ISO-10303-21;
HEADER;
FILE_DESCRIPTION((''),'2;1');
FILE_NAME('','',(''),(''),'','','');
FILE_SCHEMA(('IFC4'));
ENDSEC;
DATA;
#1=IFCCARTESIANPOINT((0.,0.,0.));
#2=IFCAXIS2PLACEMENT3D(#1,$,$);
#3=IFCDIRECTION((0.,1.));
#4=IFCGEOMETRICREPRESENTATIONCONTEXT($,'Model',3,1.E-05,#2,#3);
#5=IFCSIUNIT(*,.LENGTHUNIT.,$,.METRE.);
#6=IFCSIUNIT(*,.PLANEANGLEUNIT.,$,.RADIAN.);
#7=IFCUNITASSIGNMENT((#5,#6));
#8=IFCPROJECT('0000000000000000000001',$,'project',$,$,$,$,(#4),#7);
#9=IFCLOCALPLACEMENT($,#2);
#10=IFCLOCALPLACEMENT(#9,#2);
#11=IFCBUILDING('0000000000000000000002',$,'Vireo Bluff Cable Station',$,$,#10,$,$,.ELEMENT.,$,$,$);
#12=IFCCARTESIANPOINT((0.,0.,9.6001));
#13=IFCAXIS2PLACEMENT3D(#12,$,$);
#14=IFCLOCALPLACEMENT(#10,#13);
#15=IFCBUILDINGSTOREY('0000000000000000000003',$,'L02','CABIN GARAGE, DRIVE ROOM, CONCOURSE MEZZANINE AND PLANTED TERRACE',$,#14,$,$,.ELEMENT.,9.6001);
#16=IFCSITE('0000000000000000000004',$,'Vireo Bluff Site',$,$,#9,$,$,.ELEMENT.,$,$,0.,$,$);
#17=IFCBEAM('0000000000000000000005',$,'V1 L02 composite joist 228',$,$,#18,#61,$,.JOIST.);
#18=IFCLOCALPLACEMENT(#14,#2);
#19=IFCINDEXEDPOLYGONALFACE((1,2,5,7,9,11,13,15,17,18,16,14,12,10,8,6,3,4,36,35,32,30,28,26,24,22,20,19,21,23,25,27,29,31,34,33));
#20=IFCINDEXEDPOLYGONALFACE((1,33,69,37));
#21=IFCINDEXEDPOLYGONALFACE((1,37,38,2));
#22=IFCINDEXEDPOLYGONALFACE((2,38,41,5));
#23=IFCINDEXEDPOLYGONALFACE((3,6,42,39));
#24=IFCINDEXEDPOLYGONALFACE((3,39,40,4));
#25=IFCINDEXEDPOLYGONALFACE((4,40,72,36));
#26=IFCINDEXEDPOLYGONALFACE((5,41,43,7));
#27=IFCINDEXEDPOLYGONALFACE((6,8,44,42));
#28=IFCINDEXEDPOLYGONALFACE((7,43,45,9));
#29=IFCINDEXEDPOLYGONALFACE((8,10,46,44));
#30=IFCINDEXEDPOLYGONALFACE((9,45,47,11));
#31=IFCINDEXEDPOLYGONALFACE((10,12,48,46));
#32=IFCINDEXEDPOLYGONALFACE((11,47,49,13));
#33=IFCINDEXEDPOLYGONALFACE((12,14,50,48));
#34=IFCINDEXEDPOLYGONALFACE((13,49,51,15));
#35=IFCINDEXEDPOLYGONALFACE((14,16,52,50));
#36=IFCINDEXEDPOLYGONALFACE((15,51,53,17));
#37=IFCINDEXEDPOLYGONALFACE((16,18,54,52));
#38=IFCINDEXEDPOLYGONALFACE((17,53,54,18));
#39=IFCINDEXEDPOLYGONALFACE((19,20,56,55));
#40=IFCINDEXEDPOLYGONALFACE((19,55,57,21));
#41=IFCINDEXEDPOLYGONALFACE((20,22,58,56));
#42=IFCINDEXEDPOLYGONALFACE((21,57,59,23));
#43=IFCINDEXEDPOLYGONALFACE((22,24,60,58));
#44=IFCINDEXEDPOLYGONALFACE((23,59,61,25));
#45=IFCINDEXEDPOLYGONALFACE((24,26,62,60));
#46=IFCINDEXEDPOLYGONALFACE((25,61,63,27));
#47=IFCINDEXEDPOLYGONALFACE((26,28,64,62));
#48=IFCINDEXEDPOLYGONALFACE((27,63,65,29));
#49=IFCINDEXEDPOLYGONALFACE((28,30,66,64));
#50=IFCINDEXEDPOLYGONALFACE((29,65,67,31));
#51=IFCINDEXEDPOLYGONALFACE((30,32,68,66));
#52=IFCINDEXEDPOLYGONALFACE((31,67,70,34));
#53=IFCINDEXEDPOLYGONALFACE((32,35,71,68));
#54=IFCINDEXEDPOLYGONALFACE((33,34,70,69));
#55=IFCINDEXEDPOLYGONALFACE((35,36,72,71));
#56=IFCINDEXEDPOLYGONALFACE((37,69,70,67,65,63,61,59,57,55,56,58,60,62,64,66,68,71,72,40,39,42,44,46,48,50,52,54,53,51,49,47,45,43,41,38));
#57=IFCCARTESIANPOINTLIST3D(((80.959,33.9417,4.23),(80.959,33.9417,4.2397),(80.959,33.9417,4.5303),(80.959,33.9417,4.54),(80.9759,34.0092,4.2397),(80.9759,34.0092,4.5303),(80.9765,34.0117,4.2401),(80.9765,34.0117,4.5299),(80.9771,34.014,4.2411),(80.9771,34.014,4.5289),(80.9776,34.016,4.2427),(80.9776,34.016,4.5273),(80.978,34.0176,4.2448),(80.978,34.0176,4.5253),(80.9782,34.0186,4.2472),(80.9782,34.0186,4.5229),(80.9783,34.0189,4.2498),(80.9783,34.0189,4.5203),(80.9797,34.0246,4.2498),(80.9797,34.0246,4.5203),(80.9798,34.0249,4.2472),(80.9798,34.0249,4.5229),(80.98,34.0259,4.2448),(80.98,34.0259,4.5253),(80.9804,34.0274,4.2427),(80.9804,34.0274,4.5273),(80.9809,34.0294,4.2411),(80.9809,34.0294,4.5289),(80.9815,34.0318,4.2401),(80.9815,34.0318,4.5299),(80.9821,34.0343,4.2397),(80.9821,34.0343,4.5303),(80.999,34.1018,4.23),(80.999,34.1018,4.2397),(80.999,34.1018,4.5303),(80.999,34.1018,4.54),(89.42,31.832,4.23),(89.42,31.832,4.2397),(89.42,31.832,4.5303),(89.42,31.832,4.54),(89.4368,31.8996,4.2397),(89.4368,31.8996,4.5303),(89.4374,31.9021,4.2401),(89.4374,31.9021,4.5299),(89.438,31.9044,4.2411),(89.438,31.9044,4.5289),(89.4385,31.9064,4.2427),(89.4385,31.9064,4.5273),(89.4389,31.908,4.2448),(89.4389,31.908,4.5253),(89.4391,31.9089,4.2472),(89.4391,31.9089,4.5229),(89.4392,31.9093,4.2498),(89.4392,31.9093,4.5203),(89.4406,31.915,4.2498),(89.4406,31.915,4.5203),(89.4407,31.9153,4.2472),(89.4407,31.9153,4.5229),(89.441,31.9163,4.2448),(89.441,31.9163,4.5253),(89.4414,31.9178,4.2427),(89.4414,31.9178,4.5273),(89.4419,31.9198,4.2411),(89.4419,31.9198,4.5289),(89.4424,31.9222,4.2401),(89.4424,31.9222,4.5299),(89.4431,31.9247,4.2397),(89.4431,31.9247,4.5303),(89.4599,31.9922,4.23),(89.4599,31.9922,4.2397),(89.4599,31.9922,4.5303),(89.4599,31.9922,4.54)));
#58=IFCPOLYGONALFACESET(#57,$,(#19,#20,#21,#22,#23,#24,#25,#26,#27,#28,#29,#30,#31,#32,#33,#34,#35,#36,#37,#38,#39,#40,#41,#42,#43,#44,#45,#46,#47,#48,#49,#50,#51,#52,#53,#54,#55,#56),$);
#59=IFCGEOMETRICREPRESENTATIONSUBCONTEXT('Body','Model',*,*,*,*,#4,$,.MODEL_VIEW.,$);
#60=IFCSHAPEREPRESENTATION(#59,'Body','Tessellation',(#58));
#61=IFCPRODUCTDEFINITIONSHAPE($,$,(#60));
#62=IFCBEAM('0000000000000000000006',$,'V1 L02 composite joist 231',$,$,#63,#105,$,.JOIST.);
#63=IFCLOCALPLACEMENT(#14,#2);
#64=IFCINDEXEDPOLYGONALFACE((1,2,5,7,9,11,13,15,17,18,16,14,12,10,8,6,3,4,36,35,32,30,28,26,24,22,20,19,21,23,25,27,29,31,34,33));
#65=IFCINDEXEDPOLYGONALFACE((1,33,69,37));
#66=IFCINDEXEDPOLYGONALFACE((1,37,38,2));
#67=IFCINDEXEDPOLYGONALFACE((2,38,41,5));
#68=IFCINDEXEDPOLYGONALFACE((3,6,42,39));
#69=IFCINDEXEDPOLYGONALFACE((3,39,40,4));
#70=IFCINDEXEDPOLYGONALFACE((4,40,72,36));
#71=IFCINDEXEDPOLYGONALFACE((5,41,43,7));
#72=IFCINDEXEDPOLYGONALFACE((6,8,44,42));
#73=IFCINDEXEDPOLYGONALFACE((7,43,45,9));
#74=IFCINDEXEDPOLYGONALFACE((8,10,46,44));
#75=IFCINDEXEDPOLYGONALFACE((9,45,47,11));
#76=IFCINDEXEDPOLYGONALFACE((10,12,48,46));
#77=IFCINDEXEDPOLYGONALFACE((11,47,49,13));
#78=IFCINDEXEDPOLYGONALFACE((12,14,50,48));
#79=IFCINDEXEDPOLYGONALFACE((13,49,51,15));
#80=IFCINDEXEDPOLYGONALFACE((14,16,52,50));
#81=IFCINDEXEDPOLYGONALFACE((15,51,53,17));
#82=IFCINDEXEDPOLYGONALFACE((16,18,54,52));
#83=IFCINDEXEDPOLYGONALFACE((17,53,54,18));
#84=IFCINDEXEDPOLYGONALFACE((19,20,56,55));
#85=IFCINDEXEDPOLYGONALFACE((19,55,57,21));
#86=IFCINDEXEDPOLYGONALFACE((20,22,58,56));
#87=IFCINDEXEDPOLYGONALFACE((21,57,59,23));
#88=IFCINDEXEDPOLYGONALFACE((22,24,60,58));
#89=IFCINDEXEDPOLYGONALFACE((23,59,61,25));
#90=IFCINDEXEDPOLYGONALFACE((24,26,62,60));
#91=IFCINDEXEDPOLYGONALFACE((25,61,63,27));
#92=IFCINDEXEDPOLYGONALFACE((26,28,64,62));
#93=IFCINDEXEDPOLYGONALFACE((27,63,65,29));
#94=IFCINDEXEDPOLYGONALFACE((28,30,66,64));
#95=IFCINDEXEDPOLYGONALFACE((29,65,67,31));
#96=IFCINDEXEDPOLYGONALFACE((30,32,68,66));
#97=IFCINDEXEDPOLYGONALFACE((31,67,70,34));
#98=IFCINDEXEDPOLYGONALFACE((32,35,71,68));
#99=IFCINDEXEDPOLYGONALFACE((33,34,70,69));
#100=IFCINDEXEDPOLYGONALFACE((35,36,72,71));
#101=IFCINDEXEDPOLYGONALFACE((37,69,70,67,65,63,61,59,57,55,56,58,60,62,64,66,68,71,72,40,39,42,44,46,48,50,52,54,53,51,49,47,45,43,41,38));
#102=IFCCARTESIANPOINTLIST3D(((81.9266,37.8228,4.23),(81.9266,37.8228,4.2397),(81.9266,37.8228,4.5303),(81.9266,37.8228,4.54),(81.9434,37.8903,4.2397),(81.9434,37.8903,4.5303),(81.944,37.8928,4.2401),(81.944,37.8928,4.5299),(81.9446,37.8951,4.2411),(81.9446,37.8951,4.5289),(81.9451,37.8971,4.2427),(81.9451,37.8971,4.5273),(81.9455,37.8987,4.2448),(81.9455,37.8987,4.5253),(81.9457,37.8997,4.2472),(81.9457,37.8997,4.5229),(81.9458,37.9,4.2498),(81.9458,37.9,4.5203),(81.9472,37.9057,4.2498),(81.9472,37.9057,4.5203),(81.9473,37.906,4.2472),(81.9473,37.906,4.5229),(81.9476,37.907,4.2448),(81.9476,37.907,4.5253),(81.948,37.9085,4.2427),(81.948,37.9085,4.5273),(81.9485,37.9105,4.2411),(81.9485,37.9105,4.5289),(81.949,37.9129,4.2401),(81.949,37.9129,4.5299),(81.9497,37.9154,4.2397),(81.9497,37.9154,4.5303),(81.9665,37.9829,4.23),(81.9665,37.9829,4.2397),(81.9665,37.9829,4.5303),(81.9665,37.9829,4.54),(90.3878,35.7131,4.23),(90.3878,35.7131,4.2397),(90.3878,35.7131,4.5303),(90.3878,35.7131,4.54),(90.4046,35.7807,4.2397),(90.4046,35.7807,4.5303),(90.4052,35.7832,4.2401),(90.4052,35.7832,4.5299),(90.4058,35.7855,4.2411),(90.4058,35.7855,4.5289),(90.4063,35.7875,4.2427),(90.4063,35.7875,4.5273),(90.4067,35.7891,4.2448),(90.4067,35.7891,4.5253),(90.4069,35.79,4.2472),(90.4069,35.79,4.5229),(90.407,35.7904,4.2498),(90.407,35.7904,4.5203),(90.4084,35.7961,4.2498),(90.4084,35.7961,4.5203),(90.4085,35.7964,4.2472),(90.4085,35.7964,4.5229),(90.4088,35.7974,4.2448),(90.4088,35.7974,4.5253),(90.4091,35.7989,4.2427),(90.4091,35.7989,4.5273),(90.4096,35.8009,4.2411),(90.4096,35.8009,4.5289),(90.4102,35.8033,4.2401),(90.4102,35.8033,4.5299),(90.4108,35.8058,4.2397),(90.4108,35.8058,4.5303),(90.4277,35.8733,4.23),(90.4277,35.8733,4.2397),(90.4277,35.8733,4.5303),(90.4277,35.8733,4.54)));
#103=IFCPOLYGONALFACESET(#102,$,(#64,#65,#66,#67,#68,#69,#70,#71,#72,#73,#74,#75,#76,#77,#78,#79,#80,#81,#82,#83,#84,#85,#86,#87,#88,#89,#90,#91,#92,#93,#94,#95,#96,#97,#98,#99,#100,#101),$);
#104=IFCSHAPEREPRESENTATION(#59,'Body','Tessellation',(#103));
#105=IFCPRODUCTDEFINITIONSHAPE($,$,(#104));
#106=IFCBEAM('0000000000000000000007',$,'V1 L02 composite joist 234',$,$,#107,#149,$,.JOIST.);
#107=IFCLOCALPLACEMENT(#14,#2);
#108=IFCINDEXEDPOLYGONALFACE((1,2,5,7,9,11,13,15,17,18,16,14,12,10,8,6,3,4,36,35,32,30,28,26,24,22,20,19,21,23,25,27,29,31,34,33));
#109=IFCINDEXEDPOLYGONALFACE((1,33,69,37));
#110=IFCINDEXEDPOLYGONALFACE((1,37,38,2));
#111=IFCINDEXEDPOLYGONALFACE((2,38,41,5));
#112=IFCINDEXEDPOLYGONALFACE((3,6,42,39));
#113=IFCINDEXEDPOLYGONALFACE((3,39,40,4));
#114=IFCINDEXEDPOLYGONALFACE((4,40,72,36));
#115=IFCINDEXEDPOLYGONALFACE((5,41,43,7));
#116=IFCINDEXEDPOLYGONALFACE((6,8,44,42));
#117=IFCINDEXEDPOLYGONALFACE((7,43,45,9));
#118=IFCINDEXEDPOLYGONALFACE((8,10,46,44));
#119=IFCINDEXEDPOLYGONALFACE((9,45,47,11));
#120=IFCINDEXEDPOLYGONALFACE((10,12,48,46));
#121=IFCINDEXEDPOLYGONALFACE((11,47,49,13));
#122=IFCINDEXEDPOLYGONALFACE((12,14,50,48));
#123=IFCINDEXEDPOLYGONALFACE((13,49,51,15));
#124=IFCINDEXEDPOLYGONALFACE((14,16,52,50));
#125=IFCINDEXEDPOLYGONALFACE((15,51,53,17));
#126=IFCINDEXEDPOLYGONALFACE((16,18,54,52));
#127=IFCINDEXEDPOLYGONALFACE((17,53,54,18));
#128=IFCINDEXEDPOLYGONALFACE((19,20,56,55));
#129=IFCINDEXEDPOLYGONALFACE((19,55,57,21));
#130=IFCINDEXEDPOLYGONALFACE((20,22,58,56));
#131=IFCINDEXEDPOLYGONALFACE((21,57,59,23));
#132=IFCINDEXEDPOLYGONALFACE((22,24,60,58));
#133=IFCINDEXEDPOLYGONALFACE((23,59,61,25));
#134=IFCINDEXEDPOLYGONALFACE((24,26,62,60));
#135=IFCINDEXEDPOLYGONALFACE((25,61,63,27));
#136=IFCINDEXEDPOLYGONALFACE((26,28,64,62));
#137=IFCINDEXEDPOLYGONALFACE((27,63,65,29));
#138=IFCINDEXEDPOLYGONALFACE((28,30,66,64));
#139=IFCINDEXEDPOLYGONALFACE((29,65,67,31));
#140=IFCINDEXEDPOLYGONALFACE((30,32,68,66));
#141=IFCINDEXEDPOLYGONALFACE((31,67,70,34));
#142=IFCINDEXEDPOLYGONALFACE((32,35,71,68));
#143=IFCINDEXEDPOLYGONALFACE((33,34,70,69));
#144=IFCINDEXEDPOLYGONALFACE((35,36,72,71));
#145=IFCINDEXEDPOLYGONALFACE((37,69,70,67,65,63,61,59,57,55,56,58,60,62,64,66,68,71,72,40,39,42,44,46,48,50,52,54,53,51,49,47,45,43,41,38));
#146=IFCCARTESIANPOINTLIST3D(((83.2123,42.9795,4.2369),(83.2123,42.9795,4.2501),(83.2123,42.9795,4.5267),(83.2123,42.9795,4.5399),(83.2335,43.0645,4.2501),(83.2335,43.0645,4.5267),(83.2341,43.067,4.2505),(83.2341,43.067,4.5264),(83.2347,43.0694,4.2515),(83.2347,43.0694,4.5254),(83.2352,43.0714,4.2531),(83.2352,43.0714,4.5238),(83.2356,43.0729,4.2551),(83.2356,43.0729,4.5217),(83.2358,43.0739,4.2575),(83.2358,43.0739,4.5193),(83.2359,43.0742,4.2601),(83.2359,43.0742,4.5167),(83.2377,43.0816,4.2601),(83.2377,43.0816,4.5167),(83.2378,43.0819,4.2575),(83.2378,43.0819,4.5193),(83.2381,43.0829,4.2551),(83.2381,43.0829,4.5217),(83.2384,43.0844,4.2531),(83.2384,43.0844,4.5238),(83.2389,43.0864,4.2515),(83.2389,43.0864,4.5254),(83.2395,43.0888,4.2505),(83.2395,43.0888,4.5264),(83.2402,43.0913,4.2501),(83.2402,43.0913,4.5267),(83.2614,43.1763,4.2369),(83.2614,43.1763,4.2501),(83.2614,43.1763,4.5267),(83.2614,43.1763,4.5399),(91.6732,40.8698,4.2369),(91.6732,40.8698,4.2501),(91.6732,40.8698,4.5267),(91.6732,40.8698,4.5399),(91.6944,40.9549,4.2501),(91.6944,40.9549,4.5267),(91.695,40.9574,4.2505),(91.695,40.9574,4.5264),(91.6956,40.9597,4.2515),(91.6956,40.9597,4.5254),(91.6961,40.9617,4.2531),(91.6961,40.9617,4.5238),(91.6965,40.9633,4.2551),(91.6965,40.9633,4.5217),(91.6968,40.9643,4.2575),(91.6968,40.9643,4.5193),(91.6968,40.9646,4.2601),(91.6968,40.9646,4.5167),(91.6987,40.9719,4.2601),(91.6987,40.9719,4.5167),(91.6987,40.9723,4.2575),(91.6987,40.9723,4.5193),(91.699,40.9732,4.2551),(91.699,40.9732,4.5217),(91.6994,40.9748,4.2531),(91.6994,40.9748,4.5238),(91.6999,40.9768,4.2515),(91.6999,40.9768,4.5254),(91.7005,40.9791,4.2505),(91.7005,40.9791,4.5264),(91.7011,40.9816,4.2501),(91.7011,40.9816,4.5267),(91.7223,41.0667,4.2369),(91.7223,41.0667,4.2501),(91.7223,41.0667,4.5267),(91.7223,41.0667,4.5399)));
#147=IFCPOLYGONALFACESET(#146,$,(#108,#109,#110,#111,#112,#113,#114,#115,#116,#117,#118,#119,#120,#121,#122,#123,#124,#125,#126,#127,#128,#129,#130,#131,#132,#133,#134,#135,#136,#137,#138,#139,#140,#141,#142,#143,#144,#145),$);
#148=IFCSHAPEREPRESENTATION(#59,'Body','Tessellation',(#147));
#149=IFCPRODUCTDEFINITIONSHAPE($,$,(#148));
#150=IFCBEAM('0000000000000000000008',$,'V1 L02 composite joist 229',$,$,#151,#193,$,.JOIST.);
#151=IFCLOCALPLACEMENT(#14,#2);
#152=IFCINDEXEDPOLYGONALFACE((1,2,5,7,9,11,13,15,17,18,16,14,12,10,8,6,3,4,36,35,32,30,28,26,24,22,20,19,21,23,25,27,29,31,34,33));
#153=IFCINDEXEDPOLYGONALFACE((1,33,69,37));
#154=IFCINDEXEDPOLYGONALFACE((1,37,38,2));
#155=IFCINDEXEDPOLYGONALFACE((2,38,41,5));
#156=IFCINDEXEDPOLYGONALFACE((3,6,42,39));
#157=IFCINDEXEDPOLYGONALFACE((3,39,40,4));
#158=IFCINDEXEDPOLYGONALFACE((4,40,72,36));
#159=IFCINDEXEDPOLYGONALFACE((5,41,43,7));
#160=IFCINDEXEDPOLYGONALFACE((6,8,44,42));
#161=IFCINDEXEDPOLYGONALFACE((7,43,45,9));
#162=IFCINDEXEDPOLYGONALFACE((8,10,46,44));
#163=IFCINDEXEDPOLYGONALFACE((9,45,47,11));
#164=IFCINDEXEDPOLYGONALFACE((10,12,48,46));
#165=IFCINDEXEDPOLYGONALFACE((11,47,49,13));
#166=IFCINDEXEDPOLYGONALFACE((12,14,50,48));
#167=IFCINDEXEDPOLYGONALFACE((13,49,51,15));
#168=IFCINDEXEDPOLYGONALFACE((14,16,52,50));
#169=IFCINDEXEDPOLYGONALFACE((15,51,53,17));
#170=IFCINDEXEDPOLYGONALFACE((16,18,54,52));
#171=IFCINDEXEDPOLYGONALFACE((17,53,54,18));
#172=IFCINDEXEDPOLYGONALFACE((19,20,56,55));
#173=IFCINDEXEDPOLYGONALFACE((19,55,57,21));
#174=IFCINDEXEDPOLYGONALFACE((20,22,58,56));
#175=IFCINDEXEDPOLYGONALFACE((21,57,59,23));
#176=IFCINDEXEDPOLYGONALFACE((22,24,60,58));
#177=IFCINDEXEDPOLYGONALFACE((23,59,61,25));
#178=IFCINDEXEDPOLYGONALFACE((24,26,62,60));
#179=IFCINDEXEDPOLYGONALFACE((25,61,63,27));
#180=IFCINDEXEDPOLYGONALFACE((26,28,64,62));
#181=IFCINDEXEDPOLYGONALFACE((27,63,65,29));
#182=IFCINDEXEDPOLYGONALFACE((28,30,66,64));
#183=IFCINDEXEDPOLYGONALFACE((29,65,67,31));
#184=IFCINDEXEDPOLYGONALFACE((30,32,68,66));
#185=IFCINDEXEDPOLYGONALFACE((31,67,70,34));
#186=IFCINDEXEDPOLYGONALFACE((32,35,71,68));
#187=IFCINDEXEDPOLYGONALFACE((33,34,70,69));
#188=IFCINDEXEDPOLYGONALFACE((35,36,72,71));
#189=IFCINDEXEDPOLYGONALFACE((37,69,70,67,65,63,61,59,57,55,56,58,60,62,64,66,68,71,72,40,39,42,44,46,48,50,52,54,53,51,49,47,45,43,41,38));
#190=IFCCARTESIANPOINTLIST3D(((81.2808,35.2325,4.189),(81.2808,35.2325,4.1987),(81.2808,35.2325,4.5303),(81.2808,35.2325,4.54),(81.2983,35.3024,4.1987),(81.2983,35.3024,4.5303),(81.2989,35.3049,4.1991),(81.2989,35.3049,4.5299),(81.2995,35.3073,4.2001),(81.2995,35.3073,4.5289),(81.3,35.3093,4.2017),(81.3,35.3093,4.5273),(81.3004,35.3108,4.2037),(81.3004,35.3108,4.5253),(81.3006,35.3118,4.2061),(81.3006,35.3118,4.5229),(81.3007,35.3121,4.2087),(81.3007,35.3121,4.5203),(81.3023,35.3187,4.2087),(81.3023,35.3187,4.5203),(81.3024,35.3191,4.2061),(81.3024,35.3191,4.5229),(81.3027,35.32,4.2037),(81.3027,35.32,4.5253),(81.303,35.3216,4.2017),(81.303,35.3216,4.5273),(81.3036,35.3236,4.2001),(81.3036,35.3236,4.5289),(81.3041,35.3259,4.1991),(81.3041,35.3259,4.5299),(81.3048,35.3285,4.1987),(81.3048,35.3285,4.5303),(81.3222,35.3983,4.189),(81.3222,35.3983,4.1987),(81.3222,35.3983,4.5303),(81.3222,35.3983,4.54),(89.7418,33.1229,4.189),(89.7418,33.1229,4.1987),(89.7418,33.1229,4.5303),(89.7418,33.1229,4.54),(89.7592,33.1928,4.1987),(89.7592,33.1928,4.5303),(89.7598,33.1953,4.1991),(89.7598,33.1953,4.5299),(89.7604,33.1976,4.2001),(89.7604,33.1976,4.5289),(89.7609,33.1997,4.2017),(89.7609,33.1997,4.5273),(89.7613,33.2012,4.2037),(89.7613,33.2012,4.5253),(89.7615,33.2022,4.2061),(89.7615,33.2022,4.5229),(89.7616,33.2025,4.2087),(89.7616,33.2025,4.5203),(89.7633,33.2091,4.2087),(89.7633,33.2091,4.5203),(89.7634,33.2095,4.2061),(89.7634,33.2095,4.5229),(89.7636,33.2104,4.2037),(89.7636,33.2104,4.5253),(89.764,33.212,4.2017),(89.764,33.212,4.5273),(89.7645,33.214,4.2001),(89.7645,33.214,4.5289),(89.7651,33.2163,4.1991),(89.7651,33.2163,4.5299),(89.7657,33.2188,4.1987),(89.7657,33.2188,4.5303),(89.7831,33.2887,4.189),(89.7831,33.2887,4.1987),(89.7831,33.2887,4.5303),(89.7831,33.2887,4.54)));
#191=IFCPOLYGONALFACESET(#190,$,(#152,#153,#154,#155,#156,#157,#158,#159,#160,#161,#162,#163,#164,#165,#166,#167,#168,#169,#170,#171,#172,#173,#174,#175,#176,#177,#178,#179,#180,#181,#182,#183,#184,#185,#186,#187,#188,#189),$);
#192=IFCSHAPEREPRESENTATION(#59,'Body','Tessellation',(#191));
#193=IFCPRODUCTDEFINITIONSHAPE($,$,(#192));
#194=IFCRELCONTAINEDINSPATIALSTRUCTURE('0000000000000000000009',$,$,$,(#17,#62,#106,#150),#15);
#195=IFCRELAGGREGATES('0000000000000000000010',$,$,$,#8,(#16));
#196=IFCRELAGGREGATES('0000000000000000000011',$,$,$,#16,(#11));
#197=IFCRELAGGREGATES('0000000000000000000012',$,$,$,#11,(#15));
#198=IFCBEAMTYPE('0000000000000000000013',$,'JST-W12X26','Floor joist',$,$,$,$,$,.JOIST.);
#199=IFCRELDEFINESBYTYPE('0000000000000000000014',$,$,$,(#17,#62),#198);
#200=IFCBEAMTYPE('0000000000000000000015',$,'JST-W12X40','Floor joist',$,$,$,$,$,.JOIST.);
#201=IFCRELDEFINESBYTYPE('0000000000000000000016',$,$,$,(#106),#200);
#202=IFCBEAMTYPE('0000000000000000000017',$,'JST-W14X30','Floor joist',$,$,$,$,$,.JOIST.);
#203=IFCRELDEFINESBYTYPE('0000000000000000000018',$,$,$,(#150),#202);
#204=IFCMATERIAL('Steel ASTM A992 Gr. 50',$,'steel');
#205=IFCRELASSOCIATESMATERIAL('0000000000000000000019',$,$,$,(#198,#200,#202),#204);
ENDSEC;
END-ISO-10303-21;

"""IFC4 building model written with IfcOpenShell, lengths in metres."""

from ifc_helpers import new_model, si_unit, direction, frame, origin, origin_2d, place, context, subcontext, project, spatial, i_section, extrude, material, material_profile, profile_set, type_object, element, save


model = new_model("IFC4")

# Units and contexts
model_context = context("Model", 3, precision=1e-05, world=origin(), true_north=direction((0.0, 1.0)))
body_context = subcontext(model_context, "Body", "Model", "MODEL_VIEW")
ifc_project = project(units=[si_unit("LENGTHUNIT", "METRE"), si_unit("PLANEANGLEUNIT", "RADIAN")], contexts=[model_context])

# Site, building, storey
site_placement = place(None, origin())
site = spatial("IfcSite", under=ifc_project, at=site_placement, Name="Vireo Bluff Site", CompositionType="ELEMENT", RefElevation=0.0)
building_placement = place(site_placement, origin())
building = spatial("IfcBuilding", under=site, at=building_placement, Name="Vireo Bluff Cable Station", CompositionType="ELEMENT")
storey_placement = place(building_placement, frame((0.0, 0.0, 9.6001)))
storey = spatial("IfcBuildingStorey", under=building, at=storey_placement, Name="L02", Description="CABIN GARAGE, DRIVE ROOM, CONCOURSE MEZZANINE AND PLANTED TERRACE", CompositionType="ELEMENT", Elevation=9.6001)

# Shared definitions
ifc_material_1 = material(Name="Steel ASTM A992 Gr. 50", Category="steel")

# Beams
ifc_material_profile_1 = material_profile(ifc_material_1, i_section(OverallWidth=0.165, OverallDepth=0.3101, WebThickness=0.0059, FlangeThickness=0.0098, FilletRadius=0.01, at=origin_2d()), Name="W12X26")
ifc_profile_set_1 = profile_set([ifc_material_profile_1], Name="Steel ASTM A992 Gr. 50")
beam_type_1 = type_object("IfcBeamType", Name="JST-W12X26", Description="Floor joist", PredefinedType="JOIST", material=ifc_profile_set_1)
beam_1_placement = place(storey_placement, frame((80.979, 34.0217, 4.385), z_axis=(0.970294, -0.24193, 0.0), x_axis=(0.24193, 0.970294, 0.0)))
element("IfcBeam", 1, at=beam_1_placement, inside=storey, type_object=beam_type_1, Name="V1 L02 composite joist 228", PredefinedType="JOIST", context=body_context, shape_type="SweptSolid", body=[
    extrude(i_section(OverallWidth=0.165, OverallDepth=0.3101, WebThickness=0.0059, FlangeThickness=0.0098, FilletRadius=0.01, at=origin_2d()), origin(), (0.0, 0.0, 1.0), 8.72),
])
beam_2_placement = place(storey_placement, frame((81.9465, 37.9028, 4.385), z_axis=(0.970295, -0.241923, 0.0), x_axis=(0.241923, 0.970295, 0.0)))
element("IfcBeam", 2, at=beam_2_placement, inside=storey, type_object=beam_type_1, Name="V1 L02 composite joist 231", PredefinedType="JOIST", context=body_context, shape_type="SweptSolid", body=[
    extrude(i_section(OverallWidth=0.165, OverallDepth=0.3101, WebThickness=0.0059, FlangeThickness=0.0098, FilletRadius=0.01, at=origin_2d()), origin(), (0.0, 0.0, 1.0), 8.7202),
])
ifc_material_profile_2 = material_profile(ifc_material_1, i_section(OverallWidth=0.2029, OverallDepth=0.303, WebThickness=0.0076, FlangeThickness=0.0132, FilletRadius=0.01, at=origin_2d()), Name="W12X40")
ifc_profile_set_2 = profile_set([ifc_material_profile_2], Name="Steel ASTM A992 Gr. 50")
beam_type_2 = type_object("IfcBeamType", Name="JST-W12X40", Description="Floor joist", PredefinedType="JOIST", material=ifc_profile_set_2)
beam_3_placement = place(storey_placement, frame((83.2368, 43.0779, 4.3884), z_axis=(0.970294, -0.24193, 0.0), x_axis=(0.24193, 0.970294, 0.0)))
element("IfcBeam", 3, at=beam_3_placement, inside=storey, type_object=beam_type_2, Name="V1 L02 composite joist 234", PredefinedType="JOIST", context=body_context, shape_type="SweptSolid", body=[
    extrude(i_section(OverallWidth=0.2029, OverallDepth=0.303, WebThickness=0.0076, FlangeThickness=0.0132, FilletRadius=0.01, at=origin_2d()), origin(), (0.0, 0.0, 1.0), 8.72),
])
ifc_material_profile_3 = material_profile(ifc_material_1, i_section(OverallWidth=0.1709, OverallDepth=0.3511, WebThickness=0.0068, FlangeThickness=0.0098, FilletRadius=0.01, at=origin_2d()), Name="W14X30")
ifc_profile_set_3 = profile_set([ifc_material_profile_3], Name="Steel ASTM A992 Gr. 50")
beam_type_3 = type_object("IfcBeamType", Name="JST-W14X30", Description="Floor joist", PredefinedType="JOIST", material=ifc_profile_set_3)
beam_4_placement = place(storey_placement, frame((81.3015, 35.3154, 4.3645), z_axis=(0.970294, -0.24193, 0.0), x_axis=(0.24193, 0.970294, 0.0)))
element("IfcBeam", 4, at=beam_4_placement, inside=storey, type_object=beam_type_3, Name="V1 L02 composite joist 229", PredefinedType="JOIST", context=body_context, shape_type="SweptSolid", body=[
    extrude(i_section(OverallWidth=0.1709, OverallDepth=0.3511, WebThickness=0.0068, FlangeThickness=0.0098, FilletRadius=0.01, at=origin_2d()), origin(), (0.0, 0.0, 1.0), 8.72),
])

save(model, "model.ifc")
